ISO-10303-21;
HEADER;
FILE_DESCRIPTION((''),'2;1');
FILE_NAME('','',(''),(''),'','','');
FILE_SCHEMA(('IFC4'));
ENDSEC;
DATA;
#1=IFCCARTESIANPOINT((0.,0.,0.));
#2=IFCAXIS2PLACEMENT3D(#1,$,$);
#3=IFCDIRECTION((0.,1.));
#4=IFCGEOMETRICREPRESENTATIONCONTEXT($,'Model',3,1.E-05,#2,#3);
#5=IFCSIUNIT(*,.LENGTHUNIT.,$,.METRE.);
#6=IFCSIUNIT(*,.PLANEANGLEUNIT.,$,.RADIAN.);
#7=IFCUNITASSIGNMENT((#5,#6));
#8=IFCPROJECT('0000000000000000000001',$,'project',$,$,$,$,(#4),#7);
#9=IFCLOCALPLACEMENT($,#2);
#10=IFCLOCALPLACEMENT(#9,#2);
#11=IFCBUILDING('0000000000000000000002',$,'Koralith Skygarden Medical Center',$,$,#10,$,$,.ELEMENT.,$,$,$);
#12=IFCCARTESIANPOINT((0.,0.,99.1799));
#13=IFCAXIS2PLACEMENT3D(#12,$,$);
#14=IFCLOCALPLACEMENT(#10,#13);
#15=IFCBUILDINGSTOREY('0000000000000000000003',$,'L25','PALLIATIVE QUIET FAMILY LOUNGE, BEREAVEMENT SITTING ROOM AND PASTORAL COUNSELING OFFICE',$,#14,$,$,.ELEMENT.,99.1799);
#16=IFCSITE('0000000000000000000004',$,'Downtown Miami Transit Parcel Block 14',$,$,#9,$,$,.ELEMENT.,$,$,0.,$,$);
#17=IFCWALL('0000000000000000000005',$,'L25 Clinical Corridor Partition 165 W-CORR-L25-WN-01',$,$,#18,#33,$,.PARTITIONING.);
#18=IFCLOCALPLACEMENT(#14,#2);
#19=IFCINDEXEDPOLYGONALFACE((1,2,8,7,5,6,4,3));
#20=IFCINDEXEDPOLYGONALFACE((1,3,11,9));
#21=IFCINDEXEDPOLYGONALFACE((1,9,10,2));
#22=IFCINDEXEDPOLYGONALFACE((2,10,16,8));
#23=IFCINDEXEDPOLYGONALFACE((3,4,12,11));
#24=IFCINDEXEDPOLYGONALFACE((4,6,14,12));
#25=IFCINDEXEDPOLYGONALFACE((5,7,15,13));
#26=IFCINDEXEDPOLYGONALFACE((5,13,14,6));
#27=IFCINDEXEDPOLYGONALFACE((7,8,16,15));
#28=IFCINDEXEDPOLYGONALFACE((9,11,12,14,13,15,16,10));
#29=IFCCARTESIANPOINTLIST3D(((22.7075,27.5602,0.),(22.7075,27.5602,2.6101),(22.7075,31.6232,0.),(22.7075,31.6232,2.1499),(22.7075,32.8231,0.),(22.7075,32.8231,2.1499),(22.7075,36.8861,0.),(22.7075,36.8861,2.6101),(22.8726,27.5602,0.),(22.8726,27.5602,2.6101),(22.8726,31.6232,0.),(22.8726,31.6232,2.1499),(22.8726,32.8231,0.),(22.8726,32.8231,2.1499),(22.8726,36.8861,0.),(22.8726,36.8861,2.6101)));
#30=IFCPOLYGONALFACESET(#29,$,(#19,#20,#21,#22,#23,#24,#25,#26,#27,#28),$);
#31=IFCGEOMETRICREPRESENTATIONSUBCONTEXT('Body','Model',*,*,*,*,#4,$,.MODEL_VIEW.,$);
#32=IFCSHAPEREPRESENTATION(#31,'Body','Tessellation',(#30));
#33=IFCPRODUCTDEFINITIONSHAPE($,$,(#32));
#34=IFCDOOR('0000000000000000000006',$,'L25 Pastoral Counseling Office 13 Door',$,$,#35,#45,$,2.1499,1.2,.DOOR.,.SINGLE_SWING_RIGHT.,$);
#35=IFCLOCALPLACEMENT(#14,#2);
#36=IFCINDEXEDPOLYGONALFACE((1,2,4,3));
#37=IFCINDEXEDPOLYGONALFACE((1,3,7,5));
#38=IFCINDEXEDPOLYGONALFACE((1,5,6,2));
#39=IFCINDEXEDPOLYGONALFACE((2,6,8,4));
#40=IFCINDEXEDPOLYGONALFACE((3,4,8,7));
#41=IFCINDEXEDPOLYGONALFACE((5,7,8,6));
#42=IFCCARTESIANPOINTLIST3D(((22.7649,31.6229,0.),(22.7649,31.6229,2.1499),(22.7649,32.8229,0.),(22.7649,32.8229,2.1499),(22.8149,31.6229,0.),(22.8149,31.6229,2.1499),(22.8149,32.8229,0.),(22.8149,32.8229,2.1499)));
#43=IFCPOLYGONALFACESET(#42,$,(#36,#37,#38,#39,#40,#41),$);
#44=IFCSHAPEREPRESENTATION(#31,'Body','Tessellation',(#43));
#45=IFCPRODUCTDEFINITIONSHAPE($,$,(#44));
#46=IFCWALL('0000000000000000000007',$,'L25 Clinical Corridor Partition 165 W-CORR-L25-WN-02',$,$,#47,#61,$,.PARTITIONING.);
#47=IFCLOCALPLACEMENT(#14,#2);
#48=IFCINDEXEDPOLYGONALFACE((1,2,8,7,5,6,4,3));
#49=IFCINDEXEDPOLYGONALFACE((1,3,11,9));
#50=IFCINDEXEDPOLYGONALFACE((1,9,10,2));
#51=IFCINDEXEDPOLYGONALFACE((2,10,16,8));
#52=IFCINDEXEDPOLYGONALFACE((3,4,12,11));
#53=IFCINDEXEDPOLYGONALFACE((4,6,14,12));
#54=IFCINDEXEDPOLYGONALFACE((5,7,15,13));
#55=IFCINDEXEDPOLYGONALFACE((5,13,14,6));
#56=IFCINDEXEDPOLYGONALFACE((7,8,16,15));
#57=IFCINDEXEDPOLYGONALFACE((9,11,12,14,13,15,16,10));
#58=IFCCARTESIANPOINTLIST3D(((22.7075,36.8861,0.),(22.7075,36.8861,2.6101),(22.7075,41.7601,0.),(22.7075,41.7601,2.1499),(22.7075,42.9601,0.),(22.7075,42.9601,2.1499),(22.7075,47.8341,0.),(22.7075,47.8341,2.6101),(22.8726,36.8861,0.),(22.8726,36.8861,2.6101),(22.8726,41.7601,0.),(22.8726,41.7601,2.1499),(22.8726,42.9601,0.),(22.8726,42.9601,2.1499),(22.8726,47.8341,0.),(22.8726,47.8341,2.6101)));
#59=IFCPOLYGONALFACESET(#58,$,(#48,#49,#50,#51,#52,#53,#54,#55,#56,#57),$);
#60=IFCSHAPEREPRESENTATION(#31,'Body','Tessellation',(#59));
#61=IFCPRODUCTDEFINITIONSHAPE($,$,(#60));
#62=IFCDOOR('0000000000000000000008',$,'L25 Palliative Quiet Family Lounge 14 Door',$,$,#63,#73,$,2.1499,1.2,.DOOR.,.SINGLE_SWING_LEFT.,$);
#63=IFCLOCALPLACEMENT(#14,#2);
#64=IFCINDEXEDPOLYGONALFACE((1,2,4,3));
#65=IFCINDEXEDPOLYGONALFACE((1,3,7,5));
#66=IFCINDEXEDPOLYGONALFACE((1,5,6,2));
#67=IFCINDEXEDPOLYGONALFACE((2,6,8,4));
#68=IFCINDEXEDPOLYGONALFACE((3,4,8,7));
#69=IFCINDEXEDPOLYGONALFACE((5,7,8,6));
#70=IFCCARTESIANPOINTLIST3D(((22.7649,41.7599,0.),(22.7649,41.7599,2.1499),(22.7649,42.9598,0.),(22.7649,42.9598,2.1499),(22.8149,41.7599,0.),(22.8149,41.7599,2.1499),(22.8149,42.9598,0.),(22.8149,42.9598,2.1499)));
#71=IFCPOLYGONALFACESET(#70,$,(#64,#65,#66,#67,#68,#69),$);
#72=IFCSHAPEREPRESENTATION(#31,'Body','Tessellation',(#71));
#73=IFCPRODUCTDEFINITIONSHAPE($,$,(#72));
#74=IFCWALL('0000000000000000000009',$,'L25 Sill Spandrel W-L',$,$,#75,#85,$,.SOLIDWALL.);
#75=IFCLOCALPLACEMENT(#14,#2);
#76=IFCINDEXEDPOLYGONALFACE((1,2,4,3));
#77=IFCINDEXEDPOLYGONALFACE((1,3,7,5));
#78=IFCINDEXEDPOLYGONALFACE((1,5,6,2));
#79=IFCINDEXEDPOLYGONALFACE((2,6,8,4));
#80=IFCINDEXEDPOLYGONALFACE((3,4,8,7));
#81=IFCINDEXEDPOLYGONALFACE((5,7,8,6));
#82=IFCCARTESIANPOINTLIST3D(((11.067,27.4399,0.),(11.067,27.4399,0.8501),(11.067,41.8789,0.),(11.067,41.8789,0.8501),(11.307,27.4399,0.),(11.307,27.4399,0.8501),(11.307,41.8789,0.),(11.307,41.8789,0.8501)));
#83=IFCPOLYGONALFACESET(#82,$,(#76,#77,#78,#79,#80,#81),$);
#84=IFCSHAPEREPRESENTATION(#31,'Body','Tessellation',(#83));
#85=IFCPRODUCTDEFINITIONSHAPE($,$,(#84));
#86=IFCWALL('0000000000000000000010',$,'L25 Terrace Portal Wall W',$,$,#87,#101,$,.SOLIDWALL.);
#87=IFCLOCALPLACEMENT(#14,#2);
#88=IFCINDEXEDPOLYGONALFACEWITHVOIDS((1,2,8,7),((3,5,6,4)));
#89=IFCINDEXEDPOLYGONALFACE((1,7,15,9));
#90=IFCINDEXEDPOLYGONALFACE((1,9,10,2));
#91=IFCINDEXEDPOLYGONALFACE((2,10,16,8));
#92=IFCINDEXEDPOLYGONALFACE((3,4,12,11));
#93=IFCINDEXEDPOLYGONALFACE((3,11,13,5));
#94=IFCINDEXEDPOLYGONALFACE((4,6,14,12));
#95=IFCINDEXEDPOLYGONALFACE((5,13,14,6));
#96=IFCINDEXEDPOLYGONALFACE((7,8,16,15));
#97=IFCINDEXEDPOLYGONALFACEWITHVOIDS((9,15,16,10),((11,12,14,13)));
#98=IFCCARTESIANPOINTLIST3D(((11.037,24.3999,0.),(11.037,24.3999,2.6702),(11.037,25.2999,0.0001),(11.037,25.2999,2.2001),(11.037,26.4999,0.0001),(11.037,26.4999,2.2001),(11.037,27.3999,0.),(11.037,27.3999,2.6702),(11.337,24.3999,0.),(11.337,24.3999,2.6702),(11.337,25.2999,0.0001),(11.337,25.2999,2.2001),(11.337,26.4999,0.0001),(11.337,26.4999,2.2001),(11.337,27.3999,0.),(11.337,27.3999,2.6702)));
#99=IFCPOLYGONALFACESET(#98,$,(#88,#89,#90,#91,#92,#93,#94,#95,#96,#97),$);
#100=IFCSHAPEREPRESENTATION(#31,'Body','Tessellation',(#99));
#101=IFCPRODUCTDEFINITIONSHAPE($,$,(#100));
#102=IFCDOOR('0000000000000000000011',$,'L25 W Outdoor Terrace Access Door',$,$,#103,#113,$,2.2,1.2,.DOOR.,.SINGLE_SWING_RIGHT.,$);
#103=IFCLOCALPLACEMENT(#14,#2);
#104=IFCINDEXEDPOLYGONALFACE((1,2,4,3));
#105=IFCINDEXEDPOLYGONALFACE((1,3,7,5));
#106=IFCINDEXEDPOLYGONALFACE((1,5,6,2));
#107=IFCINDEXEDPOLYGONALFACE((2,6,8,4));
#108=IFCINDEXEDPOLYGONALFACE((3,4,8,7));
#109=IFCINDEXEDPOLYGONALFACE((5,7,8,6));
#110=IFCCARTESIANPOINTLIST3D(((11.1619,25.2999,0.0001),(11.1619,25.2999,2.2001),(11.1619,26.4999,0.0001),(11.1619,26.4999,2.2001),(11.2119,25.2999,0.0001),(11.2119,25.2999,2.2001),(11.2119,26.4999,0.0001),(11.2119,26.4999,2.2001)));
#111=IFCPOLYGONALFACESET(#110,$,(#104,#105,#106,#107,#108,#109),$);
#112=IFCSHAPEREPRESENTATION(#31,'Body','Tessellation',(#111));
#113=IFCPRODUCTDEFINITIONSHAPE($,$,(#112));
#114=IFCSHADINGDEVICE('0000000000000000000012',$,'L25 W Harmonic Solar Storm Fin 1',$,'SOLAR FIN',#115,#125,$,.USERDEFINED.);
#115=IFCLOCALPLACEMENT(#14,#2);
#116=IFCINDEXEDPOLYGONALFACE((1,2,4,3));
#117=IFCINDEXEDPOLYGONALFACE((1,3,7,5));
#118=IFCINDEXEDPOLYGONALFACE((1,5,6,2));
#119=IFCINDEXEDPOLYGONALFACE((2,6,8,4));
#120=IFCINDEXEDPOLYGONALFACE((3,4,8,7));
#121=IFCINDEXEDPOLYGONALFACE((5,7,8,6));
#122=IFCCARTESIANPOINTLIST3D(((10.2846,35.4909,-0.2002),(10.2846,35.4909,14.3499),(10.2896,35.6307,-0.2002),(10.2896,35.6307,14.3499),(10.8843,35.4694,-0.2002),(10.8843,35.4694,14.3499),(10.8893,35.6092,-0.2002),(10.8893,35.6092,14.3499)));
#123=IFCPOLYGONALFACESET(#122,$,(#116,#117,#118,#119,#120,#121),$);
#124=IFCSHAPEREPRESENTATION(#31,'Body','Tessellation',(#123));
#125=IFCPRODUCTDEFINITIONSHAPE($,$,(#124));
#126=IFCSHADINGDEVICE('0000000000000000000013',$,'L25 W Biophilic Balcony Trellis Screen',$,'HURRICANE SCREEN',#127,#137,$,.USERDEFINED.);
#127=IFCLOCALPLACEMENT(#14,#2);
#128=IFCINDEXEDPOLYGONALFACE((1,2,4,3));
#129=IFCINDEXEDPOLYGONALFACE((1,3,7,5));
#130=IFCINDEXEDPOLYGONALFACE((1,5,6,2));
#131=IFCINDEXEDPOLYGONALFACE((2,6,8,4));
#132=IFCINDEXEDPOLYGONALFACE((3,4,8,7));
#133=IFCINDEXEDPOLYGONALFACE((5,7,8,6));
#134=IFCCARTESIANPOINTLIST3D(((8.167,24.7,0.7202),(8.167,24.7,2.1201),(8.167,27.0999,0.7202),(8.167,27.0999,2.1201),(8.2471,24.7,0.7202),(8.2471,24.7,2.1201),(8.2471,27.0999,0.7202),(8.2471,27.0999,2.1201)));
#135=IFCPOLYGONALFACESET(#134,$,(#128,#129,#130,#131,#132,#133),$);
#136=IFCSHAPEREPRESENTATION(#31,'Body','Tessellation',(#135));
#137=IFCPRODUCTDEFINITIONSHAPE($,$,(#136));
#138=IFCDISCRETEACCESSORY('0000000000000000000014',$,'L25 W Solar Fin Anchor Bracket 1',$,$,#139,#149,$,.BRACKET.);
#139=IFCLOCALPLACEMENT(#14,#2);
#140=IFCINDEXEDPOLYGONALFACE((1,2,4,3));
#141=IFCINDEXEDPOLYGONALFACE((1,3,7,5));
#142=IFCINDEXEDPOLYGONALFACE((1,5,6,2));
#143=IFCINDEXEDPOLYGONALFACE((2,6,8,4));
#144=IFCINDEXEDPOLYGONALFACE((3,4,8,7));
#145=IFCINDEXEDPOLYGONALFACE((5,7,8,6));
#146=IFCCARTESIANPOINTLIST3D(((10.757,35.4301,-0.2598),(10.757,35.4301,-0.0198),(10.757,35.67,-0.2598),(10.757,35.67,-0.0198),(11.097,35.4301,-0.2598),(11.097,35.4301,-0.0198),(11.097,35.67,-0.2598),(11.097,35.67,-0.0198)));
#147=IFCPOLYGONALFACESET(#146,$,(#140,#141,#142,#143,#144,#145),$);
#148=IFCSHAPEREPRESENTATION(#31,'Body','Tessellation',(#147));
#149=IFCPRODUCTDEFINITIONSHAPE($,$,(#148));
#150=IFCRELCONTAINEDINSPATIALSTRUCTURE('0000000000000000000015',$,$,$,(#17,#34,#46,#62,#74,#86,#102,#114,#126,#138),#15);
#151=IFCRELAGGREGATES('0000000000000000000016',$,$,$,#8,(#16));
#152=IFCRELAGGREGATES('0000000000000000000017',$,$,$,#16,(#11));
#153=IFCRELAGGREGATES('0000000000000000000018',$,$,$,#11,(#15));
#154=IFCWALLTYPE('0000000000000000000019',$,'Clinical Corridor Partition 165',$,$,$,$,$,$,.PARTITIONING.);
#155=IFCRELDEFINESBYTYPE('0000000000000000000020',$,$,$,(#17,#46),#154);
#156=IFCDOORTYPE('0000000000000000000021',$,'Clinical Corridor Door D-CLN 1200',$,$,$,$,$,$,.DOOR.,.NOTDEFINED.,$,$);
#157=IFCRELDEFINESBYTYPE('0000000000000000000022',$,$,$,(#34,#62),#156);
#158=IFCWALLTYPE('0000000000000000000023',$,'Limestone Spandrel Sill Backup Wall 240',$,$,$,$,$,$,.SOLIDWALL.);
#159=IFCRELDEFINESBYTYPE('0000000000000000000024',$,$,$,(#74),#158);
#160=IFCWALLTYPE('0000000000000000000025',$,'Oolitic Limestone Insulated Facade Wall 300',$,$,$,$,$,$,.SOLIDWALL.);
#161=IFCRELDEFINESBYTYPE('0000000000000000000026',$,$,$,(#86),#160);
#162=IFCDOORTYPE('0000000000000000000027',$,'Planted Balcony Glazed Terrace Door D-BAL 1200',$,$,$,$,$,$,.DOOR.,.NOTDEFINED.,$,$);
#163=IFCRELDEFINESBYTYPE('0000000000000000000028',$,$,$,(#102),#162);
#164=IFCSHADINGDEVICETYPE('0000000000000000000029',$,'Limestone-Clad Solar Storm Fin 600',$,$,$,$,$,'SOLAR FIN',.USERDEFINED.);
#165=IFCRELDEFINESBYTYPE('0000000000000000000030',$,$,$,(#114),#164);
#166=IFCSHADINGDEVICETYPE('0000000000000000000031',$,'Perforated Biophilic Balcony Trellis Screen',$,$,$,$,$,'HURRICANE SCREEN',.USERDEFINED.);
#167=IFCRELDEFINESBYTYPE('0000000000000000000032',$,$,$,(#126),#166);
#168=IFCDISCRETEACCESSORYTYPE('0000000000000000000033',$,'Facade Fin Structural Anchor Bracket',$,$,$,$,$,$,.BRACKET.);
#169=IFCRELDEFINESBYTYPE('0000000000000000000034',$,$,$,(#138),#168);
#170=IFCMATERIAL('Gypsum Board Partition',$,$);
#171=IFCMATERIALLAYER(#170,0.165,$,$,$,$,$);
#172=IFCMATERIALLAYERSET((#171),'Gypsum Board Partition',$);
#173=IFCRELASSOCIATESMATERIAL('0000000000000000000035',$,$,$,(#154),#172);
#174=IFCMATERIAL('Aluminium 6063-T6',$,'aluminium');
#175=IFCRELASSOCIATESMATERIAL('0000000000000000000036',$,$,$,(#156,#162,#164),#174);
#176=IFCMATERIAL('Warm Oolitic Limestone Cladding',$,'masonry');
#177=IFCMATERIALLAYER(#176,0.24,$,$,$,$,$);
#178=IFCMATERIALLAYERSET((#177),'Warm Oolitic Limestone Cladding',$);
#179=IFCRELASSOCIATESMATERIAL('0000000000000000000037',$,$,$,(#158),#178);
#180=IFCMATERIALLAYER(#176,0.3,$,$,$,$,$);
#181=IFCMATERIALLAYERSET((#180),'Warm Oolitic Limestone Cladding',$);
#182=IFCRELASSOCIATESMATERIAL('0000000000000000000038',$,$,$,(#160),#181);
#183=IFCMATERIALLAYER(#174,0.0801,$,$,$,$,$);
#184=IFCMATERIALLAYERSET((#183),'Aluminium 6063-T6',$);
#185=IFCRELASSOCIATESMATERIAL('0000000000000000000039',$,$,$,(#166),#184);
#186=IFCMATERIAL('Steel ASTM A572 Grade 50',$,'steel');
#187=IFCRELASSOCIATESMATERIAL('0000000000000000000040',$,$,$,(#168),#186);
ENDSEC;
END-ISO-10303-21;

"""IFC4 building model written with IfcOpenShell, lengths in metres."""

from ifc_helpers import new_model, si_unit, direction, frame, frame_2d, origin, origin_2d, place, context, subcontext, project, spatial, rectangle, extrude, material, layer, layer_set, type_object, element, fill, save


model = new_model("IFC4")

# Units and contexts
model_context = context("Model", 3, precision=1e-05, world=origin(), true_north=direction((0.0, 1.0)))
body_context = subcontext(model_context, "Body", "Model", "MODEL_VIEW")
ifc_project = project(units=[si_unit("LENGTHUNIT", "METRE"), si_unit("PLANEANGLEUNIT", "RADIAN")], contexts=[model_context])

# Site, building, storey
site_placement = place(None, origin())
site = spatial("IfcSite", under=ifc_project, at=site_placement, Name="Downtown Miami Transit Parcel Block 14", CompositionType="ELEMENT", RefElevation=0.0)
building_placement = place(site_placement, origin())
building = spatial("IfcBuilding", under=site, at=building_placement, Name="Koralith Skygarden Medical Center", CompositionType="ELEMENT")
storey_placement = place(building_placement, frame((0.0, 0.0, 99.1799)))
storey = spatial("IfcBuildingStorey", under=building, at=storey_placement, Name="L25", Description="PALLIATIVE QUIET FAMILY LOUNGE, BEREAVEMENT SITTING ROOM AND PASTORAL COUNSELING OFFICE", CompositionType="ELEMENT", Elevation=99.1799)

# Shared definitions
ifc_material_1 = material(Name="Aluminium 6063-T6", Category="aluminium")

# Shared definitions
ifc_material_2 = material(Name="Gypsum Board Partition")
ifc_layer_1 = layer(ifc_material_2, 0.165)
ifc_layer_set_1 = layer_set([ifc_layer_1], Name="Gypsum Board Partition")
wall_type_1 = type_object("IfcWallType", Name="Clinical Corridor Partition 165", PredefinedType="PARTITIONING", material=ifc_layer_set_1)

# Walls, openings, doors
wall_1_placement = place(storey_placement, frame((22.79, 27.5601, 0.0), z_axis=(0.0, 0.0, 1.0), x_axis=(0.0, 1.0, 0.0)))
wall_1 = element("IfcWall", 1, at=wall_1_placement, inside=storey, type_object=wall_type_1, Name="L25 Clinical Corridor Partition 165 W-CORR-L25-WN-01", PredefinedType="PARTITIONING", context=body_context, shape_type="SweptSolid", body=[
    extrude(rectangle(XDim=9.3259, YDim=0.165, at=frame_2d((4.6631, 0.0))), origin(), (0.0, 0.0, 1.0), 2.6101),
])
opening_1_placement = place(wall_1_placement, frame((4.063, 0.0, 0.0)))
opening_1 = element("IfcOpeningElement", 2, at=opening_1_placement, cuts=wall_1, PredefinedType="OPENING", context=body_context, shape_type="SweptSolid", body=[
    extrude(rectangle(XDim=1.2, YDim=2.1499, at=frame_2d((0.6001, 1.075))), frame((0.0, 0.0925, 0.0), z_axis=(0.0, -1.0, 0.0), x_axis=(1.0, 0.0, 0.0)), (0.0, 0.0, 1.0), 0.1851),
])
door_type_1 = type_object("IfcDoorType", Name="Clinical Corridor Door D-CLN 1200", OperationType="NOTDEFINED", PredefinedType="DOOR", material=ifc_material_1)
door_1_placement = place(opening_1_placement, frame((1.2, 0.0, 0.0), z_axis=(0.0, 0.0, 1.0), x_axis=(-1.0, 0.0, 0.0)))
door_1 = element("IfcDoor", 3, at=door_1_placement, inside=storey, type_object=door_type_1, Name="L25 Pastoral Counseling Office 13 Door", OperationType="SINGLE_SWING_RIGHT", OverallHeight=2.1499, OverallWidth=1.2, PredefinedType="DOOR", context=body_context, shape_type="SweptSolid", body=[
    extrude(rectangle(XDim=1.2, YDim=2.1499, at=frame_2d((0.6001, 1.075))), frame((0.0, 0.0249, 0.0), z_axis=(0.0, -1.0, 0.0), x_axis=(1.0, 0.0, 0.0)), (0.0, 0.0, 1.0), 0.05),
])
fill(opening_1, door_1)
wall_2_placement = place(storey_placement, frame((22.79, 36.886, 0.0), z_axis=(0.0, 0.0, 1.0), x_axis=(0.0, 1.0, 0.0)))
wall_2 = element("IfcWall", 4, at=wall_2_placement, inside=storey, type_object=wall_type_1, Name="L25 Clinical Corridor Partition 165 W-CORR-L25-WN-02", PredefinedType="PARTITIONING", context=body_context, shape_type="SweptSolid", body=[
    extrude(rectangle(XDim=10.948, YDim=0.165, at=frame_2d((5.4741, 0.0))), origin(), (0.0, 0.0, 1.0), 2.6101),
])
opening_2_placement = place(wall_2_placement, frame((4.874, 0.0, 0.0)))
opening_2 = element("IfcOpeningElement", 5, at=opening_2_placement, cuts=wall_2, PredefinedType="OPENING", context=body_context, shape_type="SweptSolid", body=[
    extrude(rectangle(XDim=1.2, YDim=2.1499, at=frame_2d((0.6001, 1.075))), frame((0.0, 0.0925, 0.0), z_axis=(0.0, -1.0, 0.0), x_axis=(1.0, 0.0, 0.0)), (0.0, 0.0, 1.0), 0.1851),
])
door_2_placement = place(opening_2_placement, frame((1.2, 0.0, 0.0), z_axis=(0.0, 0.0, 1.0), x_axis=(-1.0, 0.0, 0.0)))
door_2 = element("IfcDoor", 6, at=door_2_placement, inside=storey, type_object=door_type_1, Name="L25 Palliative Quiet Family Lounge 14 Door", OperationType="SINGLE_SWING_LEFT", OverallHeight=2.1499, OverallWidth=1.2, PredefinedType="DOOR", context=body_context, shape_type="SweptSolid", body=[
    extrude(rectangle(XDim=1.2, YDim=2.1499, at=frame_2d((0.6001, 1.075))), frame((0.0, 0.0249, 0.0), z_axis=(0.0, -1.0, 0.0), x_axis=(1.0, 0.0, 0.0)), (0.0, 0.0, 1.0), 0.05),
])
fill(opening_2, door_2)

# Wall
ifc_material_3 = material(Name="Warm Oolitic Limestone Cladding", Category="masonry")
ifc_layer_2 = layer(ifc_material_3, 0.24)
ifc_layer_set_2 = layer_set([ifc_layer_2], Name="Warm Oolitic Limestone Cladding")
wall_type_2 = type_object("IfcWallType", Name="Limestone Spandrel Sill Backup Wall 240", PredefinedType="SOLIDWALL", material=ifc_layer_set_2)
wall_3_placement = place(storey_placement, frame((11.187, 41.8789, 0.0), z_axis=(0.0, 0.0, 1.0), x_axis=(0.0, -1.0, 0.0)))
element("IfcWall", 7, at=wall_3_placement, inside=storey, type_object=wall_type_2, Name="L25 Sill Spandrel W-L", PredefinedType="SOLIDWALL", context=body_context, shape_type="SweptSolid", body=[
    extrude(rectangle(XDim=14.439, YDim=0.24, at=frame_2d((7.2195, 0.0))), origin(), (0.0, 0.0, 1.0), 0.8501),
])

# Wall, opening, door
ifc_layer_3 = layer(ifc_material_3, 0.3)
ifc_layer_set_3 = layer_set([ifc_layer_3], Name="Warm Oolitic Limestone Cladding")
wall_type_3 = type_object("IfcWallType", Name="Oolitic Limestone Insulated Facade Wall 300", PredefinedType="SOLIDWALL", material=ifc_layer_set_3)
wall_4_placement = place(storey_placement, frame((11.187, 27.3999, 0.0), z_axis=(0.0, 0.0, 1.0), x_axis=(0.0, -1.0, 0.0)))
wall_4 = element("IfcWall", 8, at=wall_4_placement, inside=storey, type_object=wall_type_3, Name="L25 Terrace Portal Wall W", PredefinedType="SOLIDWALL", context=body_context, shape_type="SweptSolid", body=[
    extrude(rectangle(XDim=3.0, YDim=0.3, at=frame_2d((1.5, 0.0))), origin(), (0.0, 0.0, 1.0), 2.6702),
])
opening_3_placement = place(wall_4_placement, frame((0.8999, 0.0, 0.0)))
opening_3 = element("IfcOpeningElement", 9, at=opening_3_placement, cuts=wall_4, PredefinedType="OPENING", context=body_context, shape_type="SweptSolid", body=[
    extrude(rectangle(XDim=1.2, YDim=2.2, at=frame_2d((0.6001, 1.1001))), frame((0.0, 0.1599, 0.0), z_axis=(0.0, -1.0, 0.0), x_axis=(1.0, 0.0, 0.0)), (0.0, 0.0, 1.0), 0.3201),
])
door_type_2 = type_object("IfcDoorType", Name="Planted Balcony Glazed Terrace Door D-BAL 1200", OperationType="NOTDEFINED", PredefinedType="DOOR", material=ifc_material_1)
door_3_placement = place(opening_3_placement, origin())
door_3 = element("IfcDoor", 10, at=door_3_placement, inside=storey, type_object=door_type_2, Name="L25 W Outdoor Terrace Access Door", OperationType="SINGLE_SWING_RIGHT", OverallHeight=2.2, OverallWidth=1.2, PredefinedType="DOOR", context=body_context, shape_type="SweptSolid", body=[
    extrude(rectangle(XDim=1.2, YDim=2.2, at=frame_2d((0.6001, 1.1001))), frame((0.0, 0.0249, 0.0), z_axis=(0.0, -1.0, 0.0), x_axis=(1.0, 0.0, 0.0)), (0.0, 0.0, 1.0), 0.05),
])
fill(opening_3, door_3)

# Shading devices
shading_device_type_1 = type_object("IfcShadingDeviceType", Name="Limestone-Clad Solar Storm Fin 600", ElementType="SOLAR FIN", PredefinedType="USERDEFINED", material=ifc_material_1)
shading_device_1_placement = place(storey_placement, frame((10.5869, 35.55, -0.2002), z_axis=(0.0, 0.0, 1.0), x_axis=(-0.999357, 0.035841, 0.0)))
element("IfcShadingDevice", 11, at=shading_device_1_placement, inside=storey, type_object=shading_device_type_1, Name="L25 W Harmonic Solar Storm Fin 1", ObjectType="SOLAR FIN", PredefinedType="USERDEFINED", context=body_context, shape_type="SweptSolid", body=[
    extrude(rectangle(XDim=0.6001, YDim=0.1399, at=origin_2d()), origin(), (0.0, 0.0, 1.0), 14.55),
])
ifc_layer_4 = layer(ifc_material_1, 0.0801)
ifc_layer_set_4 = layer_set([ifc_layer_4], Name="Aluminium 6063-T6")
shading_device_type_2 = type_object("IfcShadingDeviceType", Name="Perforated Biophilic Balcony Trellis Screen", ElementType="HURRICANE SCREEN", PredefinedType="USERDEFINED", material=ifc_layer_set_4)
shading_device_2_placement = place(storey_placement, frame((8.207, 25.8999, 0.7202), z_axis=(0.0, 0.0, 1.0), x_axis=(0.0, 1.0, 0.0)))
element("IfcShadingDevice", 12, at=shading_device_2_placement, inside=storey, type_object=shading_device_type_2, Name="L25 W Biophilic Balcony Trellis Screen", ObjectType="HURRICANE SCREEN", PredefinedType="USERDEFINED", context=body_context, shape_type="SweptSolid", body=[
    extrude(rectangle(XDim=2.3999, YDim=0.0801, at=origin_2d()), origin(), (0.0, 0.0, 1.0), 1.3999),
])

# Discrete accessory
ifc_material_4 = material(Name="Steel ASTM A572 Grade 50", Category="steel")
discrete_accessory_type = type_object("IfcDiscreteAccessoryType", Name="Facade Fin Structural Anchor Bracket", PredefinedType="BRACKET", material=ifc_material_4)
discrete_accessory_placement = place(storey_placement, frame((10.927, 35.55, -0.2598), z_axis=(0.0, 0.0, 1.0), x_axis=(-1.0, 0.0, 0.0)))
element("IfcDiscreteAccessory", 13, at=discrete_accessory_placement, inside=storey, type_object=discrete_accessory_type, Name="L25 W Solar Fin Anchor Bracket 1", PredefinedType="BRACKET", context=body_context, shape_type="SweptSolid", body=[
    extrude(rectangle(XDim=0.3401, YDim=0.24, at=origin_2d()), origin(), (0.0, 0.0, 1.0), 0.24),
])

save(model, "model.ifc")
